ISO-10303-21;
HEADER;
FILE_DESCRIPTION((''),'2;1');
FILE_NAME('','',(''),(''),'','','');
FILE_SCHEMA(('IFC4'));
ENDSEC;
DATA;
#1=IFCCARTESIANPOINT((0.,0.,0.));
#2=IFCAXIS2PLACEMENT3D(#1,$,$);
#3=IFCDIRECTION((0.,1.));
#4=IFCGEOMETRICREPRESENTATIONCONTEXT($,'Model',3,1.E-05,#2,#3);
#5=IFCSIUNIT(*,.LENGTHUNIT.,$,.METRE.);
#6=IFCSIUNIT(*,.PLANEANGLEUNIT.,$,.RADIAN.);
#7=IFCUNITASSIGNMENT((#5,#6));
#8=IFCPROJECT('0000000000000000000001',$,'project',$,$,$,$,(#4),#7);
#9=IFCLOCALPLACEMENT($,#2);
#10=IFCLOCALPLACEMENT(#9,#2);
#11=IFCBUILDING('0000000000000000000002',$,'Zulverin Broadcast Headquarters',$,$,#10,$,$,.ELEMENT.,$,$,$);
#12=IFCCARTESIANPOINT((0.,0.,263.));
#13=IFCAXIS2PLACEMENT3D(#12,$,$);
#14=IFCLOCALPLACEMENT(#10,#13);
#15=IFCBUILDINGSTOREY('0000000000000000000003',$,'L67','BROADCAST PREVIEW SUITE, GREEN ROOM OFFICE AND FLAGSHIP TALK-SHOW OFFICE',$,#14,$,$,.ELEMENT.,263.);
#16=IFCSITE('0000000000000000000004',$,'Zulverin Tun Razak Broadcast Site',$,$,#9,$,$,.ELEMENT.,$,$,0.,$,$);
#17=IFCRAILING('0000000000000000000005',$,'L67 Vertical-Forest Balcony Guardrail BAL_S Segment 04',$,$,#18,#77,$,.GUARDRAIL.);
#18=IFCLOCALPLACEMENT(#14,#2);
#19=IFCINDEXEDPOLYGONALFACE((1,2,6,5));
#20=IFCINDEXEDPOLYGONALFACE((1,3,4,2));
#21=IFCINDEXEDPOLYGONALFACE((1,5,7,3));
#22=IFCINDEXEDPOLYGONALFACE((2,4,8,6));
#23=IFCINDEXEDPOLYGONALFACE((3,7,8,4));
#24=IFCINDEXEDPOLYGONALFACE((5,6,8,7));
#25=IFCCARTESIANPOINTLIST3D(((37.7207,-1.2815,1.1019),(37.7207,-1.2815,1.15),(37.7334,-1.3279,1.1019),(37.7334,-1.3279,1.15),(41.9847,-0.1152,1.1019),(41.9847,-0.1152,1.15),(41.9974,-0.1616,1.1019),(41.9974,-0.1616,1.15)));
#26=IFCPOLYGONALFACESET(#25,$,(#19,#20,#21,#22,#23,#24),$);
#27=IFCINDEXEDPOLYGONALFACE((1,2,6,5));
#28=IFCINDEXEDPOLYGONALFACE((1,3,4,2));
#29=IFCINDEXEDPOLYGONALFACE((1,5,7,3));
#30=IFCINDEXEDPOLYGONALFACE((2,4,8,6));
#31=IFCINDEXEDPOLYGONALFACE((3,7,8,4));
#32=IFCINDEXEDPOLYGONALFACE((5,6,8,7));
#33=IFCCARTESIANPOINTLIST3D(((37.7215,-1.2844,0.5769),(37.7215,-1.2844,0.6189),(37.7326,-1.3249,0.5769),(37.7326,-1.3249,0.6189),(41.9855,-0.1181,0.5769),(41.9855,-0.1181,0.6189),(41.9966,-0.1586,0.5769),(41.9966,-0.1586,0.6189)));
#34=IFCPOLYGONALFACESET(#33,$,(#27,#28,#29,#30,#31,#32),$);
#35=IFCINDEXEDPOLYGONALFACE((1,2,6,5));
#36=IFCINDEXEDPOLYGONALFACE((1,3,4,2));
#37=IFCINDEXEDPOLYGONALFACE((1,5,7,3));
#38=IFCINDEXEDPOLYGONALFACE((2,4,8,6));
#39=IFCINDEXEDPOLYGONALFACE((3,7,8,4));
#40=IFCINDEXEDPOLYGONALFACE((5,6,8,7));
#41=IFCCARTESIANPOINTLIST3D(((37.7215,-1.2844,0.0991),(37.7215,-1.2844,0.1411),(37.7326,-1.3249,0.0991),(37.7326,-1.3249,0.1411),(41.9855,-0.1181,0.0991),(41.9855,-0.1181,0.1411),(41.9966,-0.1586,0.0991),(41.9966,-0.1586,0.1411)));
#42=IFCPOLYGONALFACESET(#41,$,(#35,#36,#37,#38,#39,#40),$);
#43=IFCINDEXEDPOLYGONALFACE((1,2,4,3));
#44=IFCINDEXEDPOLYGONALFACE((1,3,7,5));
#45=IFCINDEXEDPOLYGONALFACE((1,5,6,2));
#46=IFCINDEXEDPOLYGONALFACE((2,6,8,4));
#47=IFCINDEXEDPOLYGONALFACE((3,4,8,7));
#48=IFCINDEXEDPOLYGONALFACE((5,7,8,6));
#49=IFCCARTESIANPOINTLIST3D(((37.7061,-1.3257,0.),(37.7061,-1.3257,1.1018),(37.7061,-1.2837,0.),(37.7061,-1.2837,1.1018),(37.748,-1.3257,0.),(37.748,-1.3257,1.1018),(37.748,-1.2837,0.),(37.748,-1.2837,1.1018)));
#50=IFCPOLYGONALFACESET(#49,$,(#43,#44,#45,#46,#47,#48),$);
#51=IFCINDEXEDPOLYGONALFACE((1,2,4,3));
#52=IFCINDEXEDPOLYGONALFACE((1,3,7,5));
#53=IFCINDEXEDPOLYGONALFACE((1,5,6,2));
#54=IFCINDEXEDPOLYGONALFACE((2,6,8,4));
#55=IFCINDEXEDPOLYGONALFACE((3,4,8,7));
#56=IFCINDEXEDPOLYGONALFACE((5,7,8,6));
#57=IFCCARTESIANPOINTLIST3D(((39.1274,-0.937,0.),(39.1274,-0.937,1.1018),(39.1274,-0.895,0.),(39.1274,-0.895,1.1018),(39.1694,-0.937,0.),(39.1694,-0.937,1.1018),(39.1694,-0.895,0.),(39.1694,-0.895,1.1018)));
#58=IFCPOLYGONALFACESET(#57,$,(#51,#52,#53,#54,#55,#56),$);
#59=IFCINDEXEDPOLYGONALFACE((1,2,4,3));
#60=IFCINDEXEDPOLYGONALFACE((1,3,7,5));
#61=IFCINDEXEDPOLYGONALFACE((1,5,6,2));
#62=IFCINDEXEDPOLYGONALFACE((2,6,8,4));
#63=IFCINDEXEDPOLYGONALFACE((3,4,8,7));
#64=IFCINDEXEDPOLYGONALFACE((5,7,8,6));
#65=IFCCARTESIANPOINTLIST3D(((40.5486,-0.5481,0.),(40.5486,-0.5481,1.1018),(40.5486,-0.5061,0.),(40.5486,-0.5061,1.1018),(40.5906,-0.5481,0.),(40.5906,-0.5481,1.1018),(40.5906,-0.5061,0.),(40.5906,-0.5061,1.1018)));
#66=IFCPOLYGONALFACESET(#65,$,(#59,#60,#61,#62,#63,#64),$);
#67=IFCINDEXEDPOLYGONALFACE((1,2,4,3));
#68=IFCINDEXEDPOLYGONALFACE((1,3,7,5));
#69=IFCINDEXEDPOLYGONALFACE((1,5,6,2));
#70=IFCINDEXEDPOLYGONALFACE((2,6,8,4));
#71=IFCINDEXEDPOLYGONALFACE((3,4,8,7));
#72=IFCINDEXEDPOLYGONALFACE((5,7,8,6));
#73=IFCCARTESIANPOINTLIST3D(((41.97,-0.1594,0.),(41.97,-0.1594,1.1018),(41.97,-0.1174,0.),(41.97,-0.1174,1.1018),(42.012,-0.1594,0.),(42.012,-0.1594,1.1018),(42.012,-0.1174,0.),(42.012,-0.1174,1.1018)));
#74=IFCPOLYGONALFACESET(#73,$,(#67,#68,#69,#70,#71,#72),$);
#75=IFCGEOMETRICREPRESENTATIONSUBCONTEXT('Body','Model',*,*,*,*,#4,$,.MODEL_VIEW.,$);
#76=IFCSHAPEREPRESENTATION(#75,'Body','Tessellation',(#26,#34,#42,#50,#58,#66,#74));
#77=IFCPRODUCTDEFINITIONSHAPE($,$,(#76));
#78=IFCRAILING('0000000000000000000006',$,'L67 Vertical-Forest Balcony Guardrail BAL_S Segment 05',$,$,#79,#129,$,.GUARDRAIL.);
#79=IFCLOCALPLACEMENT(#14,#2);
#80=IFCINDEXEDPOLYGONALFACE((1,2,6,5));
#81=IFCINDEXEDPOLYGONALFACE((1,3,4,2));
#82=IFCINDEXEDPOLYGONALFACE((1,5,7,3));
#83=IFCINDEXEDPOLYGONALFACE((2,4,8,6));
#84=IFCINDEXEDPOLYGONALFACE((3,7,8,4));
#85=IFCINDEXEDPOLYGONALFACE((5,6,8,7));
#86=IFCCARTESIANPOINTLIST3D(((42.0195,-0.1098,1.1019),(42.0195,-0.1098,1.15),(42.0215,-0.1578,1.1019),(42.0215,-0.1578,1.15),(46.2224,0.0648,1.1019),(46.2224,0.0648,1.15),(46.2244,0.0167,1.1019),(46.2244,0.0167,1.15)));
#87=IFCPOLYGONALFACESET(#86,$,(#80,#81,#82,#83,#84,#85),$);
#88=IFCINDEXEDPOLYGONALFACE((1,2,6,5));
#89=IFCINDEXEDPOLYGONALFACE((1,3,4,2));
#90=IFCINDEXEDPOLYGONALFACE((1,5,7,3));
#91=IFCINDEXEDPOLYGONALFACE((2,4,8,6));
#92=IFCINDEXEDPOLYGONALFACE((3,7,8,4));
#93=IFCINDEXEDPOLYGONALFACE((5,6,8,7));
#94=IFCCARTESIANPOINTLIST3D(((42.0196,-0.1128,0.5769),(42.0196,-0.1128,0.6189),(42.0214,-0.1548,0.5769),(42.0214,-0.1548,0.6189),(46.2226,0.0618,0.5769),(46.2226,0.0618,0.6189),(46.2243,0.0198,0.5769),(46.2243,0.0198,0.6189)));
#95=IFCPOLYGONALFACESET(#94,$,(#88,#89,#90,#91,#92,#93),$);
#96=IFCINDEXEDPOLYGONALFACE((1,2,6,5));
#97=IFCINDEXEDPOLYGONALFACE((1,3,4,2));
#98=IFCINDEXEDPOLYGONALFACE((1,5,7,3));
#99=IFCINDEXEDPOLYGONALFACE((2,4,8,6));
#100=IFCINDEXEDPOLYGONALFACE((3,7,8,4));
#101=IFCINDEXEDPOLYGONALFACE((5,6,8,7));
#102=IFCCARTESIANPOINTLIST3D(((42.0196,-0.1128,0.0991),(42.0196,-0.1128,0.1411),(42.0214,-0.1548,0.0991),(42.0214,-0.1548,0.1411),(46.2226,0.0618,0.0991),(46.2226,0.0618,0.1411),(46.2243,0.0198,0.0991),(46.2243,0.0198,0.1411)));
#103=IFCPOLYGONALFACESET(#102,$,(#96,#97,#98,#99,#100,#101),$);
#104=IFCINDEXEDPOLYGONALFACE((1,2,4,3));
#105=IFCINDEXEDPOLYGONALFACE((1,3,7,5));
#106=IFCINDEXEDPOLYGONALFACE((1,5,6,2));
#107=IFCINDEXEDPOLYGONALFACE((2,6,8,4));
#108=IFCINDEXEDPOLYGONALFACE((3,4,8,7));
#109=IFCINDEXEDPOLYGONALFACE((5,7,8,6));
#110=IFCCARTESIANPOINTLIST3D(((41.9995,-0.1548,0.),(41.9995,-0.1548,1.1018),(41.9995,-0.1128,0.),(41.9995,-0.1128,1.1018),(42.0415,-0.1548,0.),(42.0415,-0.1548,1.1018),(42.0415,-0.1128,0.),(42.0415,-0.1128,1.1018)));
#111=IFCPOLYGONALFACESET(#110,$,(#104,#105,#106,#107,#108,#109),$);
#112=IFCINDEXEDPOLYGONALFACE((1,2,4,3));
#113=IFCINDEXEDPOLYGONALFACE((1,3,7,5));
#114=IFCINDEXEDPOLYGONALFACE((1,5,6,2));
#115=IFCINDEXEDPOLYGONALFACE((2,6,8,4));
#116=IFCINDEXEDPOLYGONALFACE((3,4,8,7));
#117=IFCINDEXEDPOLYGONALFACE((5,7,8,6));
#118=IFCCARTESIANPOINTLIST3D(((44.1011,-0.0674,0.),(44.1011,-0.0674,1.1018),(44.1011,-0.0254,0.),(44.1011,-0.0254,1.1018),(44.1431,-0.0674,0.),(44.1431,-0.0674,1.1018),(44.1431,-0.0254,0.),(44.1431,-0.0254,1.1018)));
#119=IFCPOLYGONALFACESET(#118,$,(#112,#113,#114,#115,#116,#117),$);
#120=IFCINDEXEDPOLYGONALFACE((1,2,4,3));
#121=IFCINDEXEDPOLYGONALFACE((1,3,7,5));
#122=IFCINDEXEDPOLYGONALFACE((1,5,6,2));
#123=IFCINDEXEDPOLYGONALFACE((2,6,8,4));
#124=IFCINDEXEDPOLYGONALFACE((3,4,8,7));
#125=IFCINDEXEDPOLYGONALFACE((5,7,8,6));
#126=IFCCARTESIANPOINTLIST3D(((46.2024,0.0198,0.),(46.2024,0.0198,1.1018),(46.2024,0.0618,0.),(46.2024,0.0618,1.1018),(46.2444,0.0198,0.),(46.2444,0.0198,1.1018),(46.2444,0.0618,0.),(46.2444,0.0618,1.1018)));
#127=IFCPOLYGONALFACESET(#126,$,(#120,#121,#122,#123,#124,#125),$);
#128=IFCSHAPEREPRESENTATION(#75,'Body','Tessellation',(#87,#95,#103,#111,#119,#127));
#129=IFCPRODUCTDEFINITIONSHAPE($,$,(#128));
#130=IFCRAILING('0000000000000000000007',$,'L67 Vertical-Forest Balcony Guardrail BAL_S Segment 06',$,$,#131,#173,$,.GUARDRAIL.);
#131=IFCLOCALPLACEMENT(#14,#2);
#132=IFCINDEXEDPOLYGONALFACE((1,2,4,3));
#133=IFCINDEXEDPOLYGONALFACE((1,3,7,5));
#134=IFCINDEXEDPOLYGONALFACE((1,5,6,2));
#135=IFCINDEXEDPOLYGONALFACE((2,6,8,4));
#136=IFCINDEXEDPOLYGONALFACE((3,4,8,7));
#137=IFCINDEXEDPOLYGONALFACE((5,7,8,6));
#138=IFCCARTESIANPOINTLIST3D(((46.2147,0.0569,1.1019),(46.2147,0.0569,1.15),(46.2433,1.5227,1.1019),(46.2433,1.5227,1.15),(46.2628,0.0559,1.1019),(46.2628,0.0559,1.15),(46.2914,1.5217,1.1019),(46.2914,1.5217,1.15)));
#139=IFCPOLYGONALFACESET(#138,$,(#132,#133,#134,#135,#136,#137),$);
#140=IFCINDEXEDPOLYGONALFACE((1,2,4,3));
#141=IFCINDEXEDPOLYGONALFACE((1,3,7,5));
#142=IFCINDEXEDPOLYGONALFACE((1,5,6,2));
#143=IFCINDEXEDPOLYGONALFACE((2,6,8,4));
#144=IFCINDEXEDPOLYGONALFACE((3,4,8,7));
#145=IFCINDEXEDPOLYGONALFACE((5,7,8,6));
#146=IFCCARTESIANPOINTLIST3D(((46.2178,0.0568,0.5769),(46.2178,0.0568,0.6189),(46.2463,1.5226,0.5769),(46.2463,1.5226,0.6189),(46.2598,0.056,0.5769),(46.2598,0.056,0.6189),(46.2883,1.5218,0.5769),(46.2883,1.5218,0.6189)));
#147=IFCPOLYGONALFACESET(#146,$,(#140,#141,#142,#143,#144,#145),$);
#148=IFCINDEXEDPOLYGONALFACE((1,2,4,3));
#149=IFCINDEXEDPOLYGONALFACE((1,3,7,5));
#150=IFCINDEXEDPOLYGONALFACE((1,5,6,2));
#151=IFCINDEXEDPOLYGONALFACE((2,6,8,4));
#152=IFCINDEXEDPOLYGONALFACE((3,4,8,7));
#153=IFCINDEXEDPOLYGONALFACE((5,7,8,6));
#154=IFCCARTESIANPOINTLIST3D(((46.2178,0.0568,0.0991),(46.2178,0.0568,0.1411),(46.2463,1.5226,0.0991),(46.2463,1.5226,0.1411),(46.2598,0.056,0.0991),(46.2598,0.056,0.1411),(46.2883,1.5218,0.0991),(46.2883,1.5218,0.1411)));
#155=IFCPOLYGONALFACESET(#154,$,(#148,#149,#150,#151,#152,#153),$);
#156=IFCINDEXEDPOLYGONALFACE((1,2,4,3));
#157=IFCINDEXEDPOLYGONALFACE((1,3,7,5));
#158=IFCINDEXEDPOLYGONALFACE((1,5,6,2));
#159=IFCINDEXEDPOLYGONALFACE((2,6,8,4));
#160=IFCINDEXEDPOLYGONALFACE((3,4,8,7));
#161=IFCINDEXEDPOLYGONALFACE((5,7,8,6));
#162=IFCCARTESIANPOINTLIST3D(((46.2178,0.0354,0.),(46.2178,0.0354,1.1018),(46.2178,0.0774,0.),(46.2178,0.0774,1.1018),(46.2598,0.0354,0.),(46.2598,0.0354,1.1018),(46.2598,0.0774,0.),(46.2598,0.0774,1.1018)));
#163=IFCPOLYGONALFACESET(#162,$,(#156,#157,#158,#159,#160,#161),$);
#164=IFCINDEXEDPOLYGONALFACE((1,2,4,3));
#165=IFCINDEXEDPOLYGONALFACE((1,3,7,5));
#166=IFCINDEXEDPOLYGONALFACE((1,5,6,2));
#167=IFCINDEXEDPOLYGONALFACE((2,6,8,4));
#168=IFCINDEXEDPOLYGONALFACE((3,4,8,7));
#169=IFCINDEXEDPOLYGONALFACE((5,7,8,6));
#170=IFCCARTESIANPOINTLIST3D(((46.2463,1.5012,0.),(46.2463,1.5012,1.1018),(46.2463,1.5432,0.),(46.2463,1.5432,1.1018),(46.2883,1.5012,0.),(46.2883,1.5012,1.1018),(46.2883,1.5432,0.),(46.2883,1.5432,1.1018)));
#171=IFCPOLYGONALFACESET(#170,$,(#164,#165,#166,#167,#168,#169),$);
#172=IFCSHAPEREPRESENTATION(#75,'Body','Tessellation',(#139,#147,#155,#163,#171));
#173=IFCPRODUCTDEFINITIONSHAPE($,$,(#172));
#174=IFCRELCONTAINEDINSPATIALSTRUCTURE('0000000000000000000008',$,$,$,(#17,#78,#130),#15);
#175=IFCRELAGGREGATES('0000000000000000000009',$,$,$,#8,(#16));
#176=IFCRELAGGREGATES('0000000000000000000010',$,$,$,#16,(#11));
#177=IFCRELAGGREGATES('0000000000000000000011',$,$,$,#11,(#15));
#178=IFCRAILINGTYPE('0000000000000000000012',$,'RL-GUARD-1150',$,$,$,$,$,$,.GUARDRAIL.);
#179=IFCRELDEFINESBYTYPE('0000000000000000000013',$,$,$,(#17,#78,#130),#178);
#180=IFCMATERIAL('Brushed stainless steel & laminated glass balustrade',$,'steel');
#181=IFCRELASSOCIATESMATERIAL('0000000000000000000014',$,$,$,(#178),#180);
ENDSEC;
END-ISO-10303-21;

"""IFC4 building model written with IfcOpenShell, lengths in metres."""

from ifc_helpers import new_model, si_unit, direction, frame, origin, origin_2d, place, context, subcontext, project, spatial, rectangle, extrude, material, type_object, element, save


model = new_model("IFC4")

# Units and contexts
model_context = context("Model", 3, precision=1e-05, world=origin(), true_north=direction((0.0, 1.0)))
body_context = subcontext(model_context, "Body", "Model", "MODEL_VIEW")
ifc_project = project(units=[si_unit("LENGTHUNIT", "METRE"), si_unit("PLANEANGLEUNIT", "RADIAN")], contexts=[model_context])

# Site, building, storey
site_placement = place(None, origin())
site = spatial("IfcSite", under=ifc_project, at=site_placement, Name="Zulverin Tun Razak Broadcast Site", CompositionType="ELEMENT", RefElevation=0.0)
building_placement = place(site_placement, origin())
building = spatial("IfcBuilding", under=site, at=building_placement, Name="Zulverin Broadcast Headquarters", CompositionType="ELEMENT")
storey_placement = place(building_placement, frame((0.0, 0.0, 263.0)))
storey = spatial("IfcBuildingStorey", under=building, at=storey_placement, Name="L67", Description="BROADCAST PREVIEW SUITE, GREEN ROOM OFFICE AND FLAGSHIP TALK-SHOW OFFICE", CompositionType="ELEMENT", Elevation=263.0)

# Railings
ifc_material_1 = material(Name="Brushed stainless steel & laminated glass balustrade", Category="steel")
railing_type_1 = type_object("IfcRailingType", Name="RL-GUARD-1150", PredefinedType="GUARDRAIL", material=ifc_material_1)
railing_1_placement = place(storey_placement, frame((37.7271, -1.3047, 0.0)))
element("IfcRailing", 1, at=railing_1_placement, inside=storey, type_object=railing_type_1, Name="L67 Vertical-Forest Balcony Guardrail BAL_S Segment 04", PredefinedType="GUARDRAIL", context=body_context, shape_type="SweptSolid", body=[
    extrude(rectangle(XDim=0.0481, YDim=0.0481, at=origin_2d()), frame((0.0, 0.0, 1.126), z_axis=(0.96457, 0.263828, 0.0), x_axis=(-0.263828, 0.96457, 0.0)), (0.0, 0.0, 1.0), 4.4207),
    extrude(rectangle(XDim=0.042, YDim=0.042, at=origin_2d()), frame((0.0, 0.0, 0.5979), z_axis=(0.96457, 0.263828, 0.0), x_axis=(-0.263828, 0.96457, 0.0)), (0.0, 0.0, 1.0), 4.4207),
    extrude(rectangle(XDim=0.042, YDim=0.042, at=origin_2d()), frame((0.0, 0.0, 0.1201), z_axis=(0.96457, 0.263828, 0.0), x_axis=(-0.263828, 0.96457, 0.0)), (0.0, 0.0, 1.0), 4.4207),
    extrude(rectangle(XDim=0.042, YDim=0.042, at=origin_2d()), origin(), (0.0, 0.0, 1.0), 1.1018),
    extrude(rectangle(XDim=0.042, YDim=0.042, at=origin_2d()), frame((1.4214, 0.3887, 0.0)), (0.0, 0.0, 1.0), 1.1018),
    extrude(rectangle(XDim=0.042, YDim=0.042, at=origin_2d()), frame((2.8425, 0.7776, 0.0)), (0.0, 0.0, 1.0), 1.1018),
    extrude(rectangle(XDim=0.042, YDim=0.042, at=origin_2d()), frame((4.2639, 1.1663, 0.0)), (0.0, 0.0, 1.0), 1.1018),
])
railing_2_placement = place(storey_placement, frame((42.0205, -0.1338, 0.0)))
element("IfcRailing", 2, at=railing_2_placement, inside=storey, type_object=railing_type_1, Name="L67 Vertical-Forest Balcony Guardrail BAL_S Segment 05", PredefinedType="GUARDRAIL", context=body_context, shape_type="SweptSolid", body=[
    extrude(rectangle(XDim=0.0481, YDim=0.0481, at=origin_2d()), frame((0.0, 0.0, 1.126), z_axis=(0.999139, 0.041498, 0.0), x_axis=(-0.041498, 0.999139, 0.0)), (0.0, 0.0, 1.0), 4.2065),
    extrude(rectangle(XDim=0.042, YDim=0.042, at=origin_2d()), frame((0.0, 0.0, 0.5979), z_axis=(0.999139, 0.041498, 0.0), x_axis=(-0.041498, 0.999139, 0.0)), (0.0, 0.0, 1.0), 4.2065),
    extrude(rectangle(XDim=0.042, YDim=0.042, at=origin_2d()), frame((0.0, 0.0, 0.1201), z_axis=(0.999139, 0.041498, 0.0), x_axis=(-0.041498, 0.999139, 0.0)), (0.0, 0.0, 1.0), 4.2065),
    extrude(rectangle(XDim=0.042, YDim=0.042, at=origin_2d()), origin(), (0.0, 0.0, 1.0), 1.1018),
    extrude(rectangle(XDim=0.042, YDim=0.042, at=origin_2d()), frame((2.1016, 0.0874, 0.0)), (0.0, 0.0, 1.0), 1.1018),
    extrude(rectangle(XDim=0.042, YDim=0.042, at=origin_2d()), frame((4.2029, 0.1746, 0.0)), (0.0, 0.0, 1.0), 1.1018),
])
railing_3_placement = place(storey_placement, frame((46.2388, 0.0564, 0.0)))
element("IfcRailing", 3, at=railing_3_placement, inside=storey, type_object=railing_type_1, Name="L67 Vertical-Forest Balcony Guardrail BAL_S Segment 06", PredefinedType="GUARDRAIL", context=body_context, shape_type="SweptSolid", body=[
    extrude(rectangle(XDim=0.0481, YDim=0.0481, at=origin_2d()), frame((0.0, 0.0, 1.126), z_axis=(0.019483, 0.99981, 0.0), x_axis=(-0.99981, 0.019483, 0.0)), (0.0, 0.0, 1.0), 1.4661),
    extrude(rectangle(XDim=0.042, YDim=0.042, at=origin_2d()), frame((0.0, 0.0, 0.5979), z_axis=(0.019483, 0.99981, 0.0), x_axis=(-0.99981, 0.019483, 0.0)), (0.0, 0.0, 1.0), 1.4661),
    extrude(rectangle(XDim=0.042, YDim=0.042, at=origin_2d()), frame((0.0, 0.0, 0.1201), z_axis=(0.019483, 0.99981, 0.0), x_axis=(-0.99981, 0.019483, 0.0)), (0.0, 0.0, 1.0), 1.4661),
    extrude(rectangle(XDim=0.042, YDim=0.042, at=origin_2d()), origin(), (0.0, 0.0, 1.0), 1.1018),
    extrude(rectangle(XDim=0.042, YDim=0.042, at=origin_2d()), frame((0.0286, 1.4658, 0.0)), (0.0, 0.0, 1.0), 1.1018),
])

save(model, "model.ifc")
